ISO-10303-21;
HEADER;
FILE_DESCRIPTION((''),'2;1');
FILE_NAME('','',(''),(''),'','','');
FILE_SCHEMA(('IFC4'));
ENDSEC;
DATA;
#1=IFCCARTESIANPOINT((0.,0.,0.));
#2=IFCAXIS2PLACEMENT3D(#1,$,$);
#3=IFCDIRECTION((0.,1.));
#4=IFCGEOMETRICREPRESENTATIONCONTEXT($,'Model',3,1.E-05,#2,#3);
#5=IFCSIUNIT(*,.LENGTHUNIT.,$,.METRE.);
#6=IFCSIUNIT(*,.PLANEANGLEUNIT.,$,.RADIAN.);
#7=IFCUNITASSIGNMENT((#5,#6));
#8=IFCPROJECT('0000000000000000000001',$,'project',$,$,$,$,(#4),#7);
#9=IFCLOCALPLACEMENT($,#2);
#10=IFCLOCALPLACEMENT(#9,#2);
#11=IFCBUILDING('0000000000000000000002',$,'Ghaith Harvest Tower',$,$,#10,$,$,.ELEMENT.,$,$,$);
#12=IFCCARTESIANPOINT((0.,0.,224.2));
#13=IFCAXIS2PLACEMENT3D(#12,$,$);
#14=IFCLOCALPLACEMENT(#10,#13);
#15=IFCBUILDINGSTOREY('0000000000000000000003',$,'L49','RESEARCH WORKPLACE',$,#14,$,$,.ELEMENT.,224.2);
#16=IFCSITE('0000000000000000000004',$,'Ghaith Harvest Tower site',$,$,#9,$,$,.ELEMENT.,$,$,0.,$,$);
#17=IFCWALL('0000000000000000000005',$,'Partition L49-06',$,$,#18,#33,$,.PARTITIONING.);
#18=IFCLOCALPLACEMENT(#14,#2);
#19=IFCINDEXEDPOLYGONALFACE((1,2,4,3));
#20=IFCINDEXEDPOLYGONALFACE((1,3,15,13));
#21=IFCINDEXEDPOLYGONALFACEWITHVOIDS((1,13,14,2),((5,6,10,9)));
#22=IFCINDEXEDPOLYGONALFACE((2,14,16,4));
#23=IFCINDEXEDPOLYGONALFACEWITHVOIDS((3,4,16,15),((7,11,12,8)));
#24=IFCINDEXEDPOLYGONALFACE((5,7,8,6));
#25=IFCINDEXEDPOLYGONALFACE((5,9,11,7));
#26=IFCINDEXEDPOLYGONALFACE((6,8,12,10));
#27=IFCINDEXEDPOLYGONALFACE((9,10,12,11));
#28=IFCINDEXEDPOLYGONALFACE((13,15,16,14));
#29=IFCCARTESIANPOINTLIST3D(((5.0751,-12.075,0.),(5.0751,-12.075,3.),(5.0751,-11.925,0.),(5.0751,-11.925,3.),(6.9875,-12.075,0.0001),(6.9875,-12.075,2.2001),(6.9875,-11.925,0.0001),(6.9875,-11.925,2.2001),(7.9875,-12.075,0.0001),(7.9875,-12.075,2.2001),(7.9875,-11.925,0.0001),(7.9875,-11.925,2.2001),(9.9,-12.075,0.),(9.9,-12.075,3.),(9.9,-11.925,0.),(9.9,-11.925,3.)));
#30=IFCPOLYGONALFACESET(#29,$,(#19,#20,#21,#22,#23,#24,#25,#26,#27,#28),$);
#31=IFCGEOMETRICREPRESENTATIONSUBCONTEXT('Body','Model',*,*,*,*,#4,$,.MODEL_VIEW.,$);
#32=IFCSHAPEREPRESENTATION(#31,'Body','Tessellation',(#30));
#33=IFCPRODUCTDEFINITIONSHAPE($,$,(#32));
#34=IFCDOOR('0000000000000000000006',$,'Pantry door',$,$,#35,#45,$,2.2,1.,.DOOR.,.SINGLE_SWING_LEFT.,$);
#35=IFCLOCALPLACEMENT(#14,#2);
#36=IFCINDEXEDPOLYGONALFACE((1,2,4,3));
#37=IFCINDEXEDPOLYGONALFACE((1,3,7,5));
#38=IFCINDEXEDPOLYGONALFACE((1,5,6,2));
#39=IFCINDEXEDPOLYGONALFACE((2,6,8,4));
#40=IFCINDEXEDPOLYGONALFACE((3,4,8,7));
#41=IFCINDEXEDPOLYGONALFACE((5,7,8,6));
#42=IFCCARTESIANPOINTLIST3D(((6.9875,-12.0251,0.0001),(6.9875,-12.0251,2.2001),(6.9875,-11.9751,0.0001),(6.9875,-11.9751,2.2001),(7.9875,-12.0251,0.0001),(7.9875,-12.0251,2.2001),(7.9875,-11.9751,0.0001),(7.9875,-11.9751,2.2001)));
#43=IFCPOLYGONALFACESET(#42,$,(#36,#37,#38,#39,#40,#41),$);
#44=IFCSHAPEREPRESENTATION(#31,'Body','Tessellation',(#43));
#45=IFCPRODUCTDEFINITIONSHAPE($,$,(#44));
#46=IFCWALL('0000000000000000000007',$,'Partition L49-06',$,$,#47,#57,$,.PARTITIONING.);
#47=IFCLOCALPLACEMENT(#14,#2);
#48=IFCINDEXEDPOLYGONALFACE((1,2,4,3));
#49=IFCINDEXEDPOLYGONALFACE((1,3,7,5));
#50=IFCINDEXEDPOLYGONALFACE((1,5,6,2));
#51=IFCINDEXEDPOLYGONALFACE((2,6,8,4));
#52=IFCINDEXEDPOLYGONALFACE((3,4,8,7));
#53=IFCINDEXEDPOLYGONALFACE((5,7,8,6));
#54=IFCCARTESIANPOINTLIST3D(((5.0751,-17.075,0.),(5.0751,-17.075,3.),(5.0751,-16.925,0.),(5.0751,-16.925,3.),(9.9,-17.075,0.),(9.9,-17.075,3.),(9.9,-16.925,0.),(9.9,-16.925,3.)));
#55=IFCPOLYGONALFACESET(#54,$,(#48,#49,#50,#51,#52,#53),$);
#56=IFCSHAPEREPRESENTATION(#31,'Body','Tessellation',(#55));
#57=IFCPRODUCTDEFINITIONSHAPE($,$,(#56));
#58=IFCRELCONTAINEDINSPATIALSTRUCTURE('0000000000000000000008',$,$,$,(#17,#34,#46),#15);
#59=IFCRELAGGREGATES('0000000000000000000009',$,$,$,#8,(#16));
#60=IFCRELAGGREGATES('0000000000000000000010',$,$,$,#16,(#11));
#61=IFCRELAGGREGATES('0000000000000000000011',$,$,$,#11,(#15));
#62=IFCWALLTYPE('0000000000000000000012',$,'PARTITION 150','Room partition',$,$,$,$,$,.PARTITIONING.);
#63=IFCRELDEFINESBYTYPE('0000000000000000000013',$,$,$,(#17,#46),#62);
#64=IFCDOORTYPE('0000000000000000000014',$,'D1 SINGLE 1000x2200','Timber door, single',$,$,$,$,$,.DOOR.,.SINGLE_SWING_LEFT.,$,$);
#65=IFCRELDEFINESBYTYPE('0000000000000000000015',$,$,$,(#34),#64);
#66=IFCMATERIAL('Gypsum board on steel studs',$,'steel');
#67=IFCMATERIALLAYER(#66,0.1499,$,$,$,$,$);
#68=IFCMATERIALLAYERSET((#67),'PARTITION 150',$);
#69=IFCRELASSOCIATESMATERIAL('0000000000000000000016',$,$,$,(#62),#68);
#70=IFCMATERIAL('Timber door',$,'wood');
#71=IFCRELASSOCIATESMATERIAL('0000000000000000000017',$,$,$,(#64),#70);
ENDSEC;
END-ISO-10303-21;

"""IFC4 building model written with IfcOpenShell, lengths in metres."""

from ifc_helpers import new_model, si_unit, direction, frame, frame_2d, origin, place, context, subcontext, project, spatial, rectangle, extrude, material, layer, layer_set, type_object, element, fill, save


model = new_model("IFC4")

# Units and contexts
model_context = context("Model", 3, precision=1e-05, world=origin(), true_north=direction((0.0, 1.0)))
body_context = subcontext(model_context, "Body", "Model", "MODEL_VIEW")
ifc_project = project(units=[si_unit("LENGTHUNIT", "METRE"), si_unit("PLANEANGLEUNIT", "RADIAN")], contexts=[model_context])

# Site, building, storey
site_placement = place(None, origin())
site = spatial("IfcSite", under=ifc_project, at=site_placement, Name="Ghaith Harvest Tower site", CompositionType="ELEMENT", RefElevation=0.0)
building_placement = place(site_placement, origin())
building = spatial("IfcBuilding", under=site, at=building_placement, Name="Ghaith Harvest Tower", CompositionType="ELEMENT")
storey_placement = place(building_placement, frame((0.0, 0.0, 224.2)))
storey = spatial("IfcBuildingStorey", under=building, at=storey_placement, Name="L49", Description="RESEARCH WORKPLACE", CompositionType="ELEMENT", Elevation=224.2)

# Shared definitions
ifc_material_1 = material(Name="Gypsum board on steel studs", Category="steel")
ifc_layer_1 = layer(ifc_material_1, 0.1499)
ifc_layer_set_1 = layer_set([ifc_layer_1], Name="PARTITION 150")
wall_type_1 = type_object("IfcWallType", Name="PARTITION 150", Description="Room partition", PredefinedType="PARTITIONING", material=ifc_layer_set_1)

# Wall, opening, door
wall_1_placement = place(storey_placement, frame((5.075, -12.0, 0.0), z_axis=(0.0, 0.0, 1.0), x_axis=(1.0, 0.0, 0.0)))
wall_1 = element("IfcWall", 1, at=wall_1_placement, inside=storey, type_object=wall_type_1, Name="Partition L49-06", PredefinedType="PARTITIONING", context=body_context, shape_type="SweptSolid", body=[
    extrude(rectangle(XDim=4.825, YDim=0.1499, at=frame_2d((2.4126, 0.0))), origin(), (0.0, 0.0, 1.0), 3.0),
])
opening_1_placement = place(wall_1_placement, frame((1.9126, 0.0, 0.0)))
opening_1 = element("IfcOpeningElement", 2, at=opening_1_placement, cuts=wall_1, PredefinedType="OPENING", context=body_context, shape_type="SweptSolid", body=[
    extrude(rectangle(XDim=1.0, YDim=2.2, at=frame_2d((0.5, 1.1001))), frame((0.0, 0.085, 0.0), z_axis=(0.0, -1.0, 0.0), x_axis=(1.0, 0.0, 0.0)), (0.0, 0.0, 1.0), 0.1699),
])
ifc_material_2 = material(Name="Timber door", Category="wood")
door_type_1 = type_object("IfcDoorType", Name="D1 SINGLE 1000x2200", Description="Timber door, single", OperationType="SINGLE_SWING_LEFT", PredefinedType="DOOR", material=ifc_material_2)
door_1_placement = place(opening_1_placement, origin())
door_1 = element("IfcDoor", 3, at=door_1_placement, inside=storey, type_object=door_type_1, Name="Pantry door", OperationType="SINGLE_SWING_LEFT", OverallHeight=2.2, OverallWidth=1.0, PredefinedType="DOOR", context=body_context, shape_type="SweptSolid", body=[
    extrude(rectangle(XDim=1.0, YDim=2.2, at=frame_2d((0.5, 1.1001))), frame((0.0, 0.0249, 0.0), z_axis=(0.0, -1.0, 0.0), x_axis=(1.0, 0.0, 0.0)), (0.0, 0.0, 1.0), 0.05),
])
fill(opening_1, door_1)

# Wall
wall_2_placement = place(storey_placement, frame((5.075, -17.0, 0.0), z_axis=(0.0, 0.0, 1.0), x_axis=(1.0, 0.0, 0.0)))
element("IfcWall", 4, at=wall_2_placement, inside=storey, type_object=wall_type_1, Name="Partition L49-06", PredefinedType="PARTITIONING", context=body_context, shape_type="SweptSolid", body=[
    extrude(rectangle(XDim=4.825, YDim=0.1499, at=frame_2d((2.4126, 0.0))), origin(), (0.0, 0.0, 1.0), 3.0),
])

save(model, "model.ifc")
